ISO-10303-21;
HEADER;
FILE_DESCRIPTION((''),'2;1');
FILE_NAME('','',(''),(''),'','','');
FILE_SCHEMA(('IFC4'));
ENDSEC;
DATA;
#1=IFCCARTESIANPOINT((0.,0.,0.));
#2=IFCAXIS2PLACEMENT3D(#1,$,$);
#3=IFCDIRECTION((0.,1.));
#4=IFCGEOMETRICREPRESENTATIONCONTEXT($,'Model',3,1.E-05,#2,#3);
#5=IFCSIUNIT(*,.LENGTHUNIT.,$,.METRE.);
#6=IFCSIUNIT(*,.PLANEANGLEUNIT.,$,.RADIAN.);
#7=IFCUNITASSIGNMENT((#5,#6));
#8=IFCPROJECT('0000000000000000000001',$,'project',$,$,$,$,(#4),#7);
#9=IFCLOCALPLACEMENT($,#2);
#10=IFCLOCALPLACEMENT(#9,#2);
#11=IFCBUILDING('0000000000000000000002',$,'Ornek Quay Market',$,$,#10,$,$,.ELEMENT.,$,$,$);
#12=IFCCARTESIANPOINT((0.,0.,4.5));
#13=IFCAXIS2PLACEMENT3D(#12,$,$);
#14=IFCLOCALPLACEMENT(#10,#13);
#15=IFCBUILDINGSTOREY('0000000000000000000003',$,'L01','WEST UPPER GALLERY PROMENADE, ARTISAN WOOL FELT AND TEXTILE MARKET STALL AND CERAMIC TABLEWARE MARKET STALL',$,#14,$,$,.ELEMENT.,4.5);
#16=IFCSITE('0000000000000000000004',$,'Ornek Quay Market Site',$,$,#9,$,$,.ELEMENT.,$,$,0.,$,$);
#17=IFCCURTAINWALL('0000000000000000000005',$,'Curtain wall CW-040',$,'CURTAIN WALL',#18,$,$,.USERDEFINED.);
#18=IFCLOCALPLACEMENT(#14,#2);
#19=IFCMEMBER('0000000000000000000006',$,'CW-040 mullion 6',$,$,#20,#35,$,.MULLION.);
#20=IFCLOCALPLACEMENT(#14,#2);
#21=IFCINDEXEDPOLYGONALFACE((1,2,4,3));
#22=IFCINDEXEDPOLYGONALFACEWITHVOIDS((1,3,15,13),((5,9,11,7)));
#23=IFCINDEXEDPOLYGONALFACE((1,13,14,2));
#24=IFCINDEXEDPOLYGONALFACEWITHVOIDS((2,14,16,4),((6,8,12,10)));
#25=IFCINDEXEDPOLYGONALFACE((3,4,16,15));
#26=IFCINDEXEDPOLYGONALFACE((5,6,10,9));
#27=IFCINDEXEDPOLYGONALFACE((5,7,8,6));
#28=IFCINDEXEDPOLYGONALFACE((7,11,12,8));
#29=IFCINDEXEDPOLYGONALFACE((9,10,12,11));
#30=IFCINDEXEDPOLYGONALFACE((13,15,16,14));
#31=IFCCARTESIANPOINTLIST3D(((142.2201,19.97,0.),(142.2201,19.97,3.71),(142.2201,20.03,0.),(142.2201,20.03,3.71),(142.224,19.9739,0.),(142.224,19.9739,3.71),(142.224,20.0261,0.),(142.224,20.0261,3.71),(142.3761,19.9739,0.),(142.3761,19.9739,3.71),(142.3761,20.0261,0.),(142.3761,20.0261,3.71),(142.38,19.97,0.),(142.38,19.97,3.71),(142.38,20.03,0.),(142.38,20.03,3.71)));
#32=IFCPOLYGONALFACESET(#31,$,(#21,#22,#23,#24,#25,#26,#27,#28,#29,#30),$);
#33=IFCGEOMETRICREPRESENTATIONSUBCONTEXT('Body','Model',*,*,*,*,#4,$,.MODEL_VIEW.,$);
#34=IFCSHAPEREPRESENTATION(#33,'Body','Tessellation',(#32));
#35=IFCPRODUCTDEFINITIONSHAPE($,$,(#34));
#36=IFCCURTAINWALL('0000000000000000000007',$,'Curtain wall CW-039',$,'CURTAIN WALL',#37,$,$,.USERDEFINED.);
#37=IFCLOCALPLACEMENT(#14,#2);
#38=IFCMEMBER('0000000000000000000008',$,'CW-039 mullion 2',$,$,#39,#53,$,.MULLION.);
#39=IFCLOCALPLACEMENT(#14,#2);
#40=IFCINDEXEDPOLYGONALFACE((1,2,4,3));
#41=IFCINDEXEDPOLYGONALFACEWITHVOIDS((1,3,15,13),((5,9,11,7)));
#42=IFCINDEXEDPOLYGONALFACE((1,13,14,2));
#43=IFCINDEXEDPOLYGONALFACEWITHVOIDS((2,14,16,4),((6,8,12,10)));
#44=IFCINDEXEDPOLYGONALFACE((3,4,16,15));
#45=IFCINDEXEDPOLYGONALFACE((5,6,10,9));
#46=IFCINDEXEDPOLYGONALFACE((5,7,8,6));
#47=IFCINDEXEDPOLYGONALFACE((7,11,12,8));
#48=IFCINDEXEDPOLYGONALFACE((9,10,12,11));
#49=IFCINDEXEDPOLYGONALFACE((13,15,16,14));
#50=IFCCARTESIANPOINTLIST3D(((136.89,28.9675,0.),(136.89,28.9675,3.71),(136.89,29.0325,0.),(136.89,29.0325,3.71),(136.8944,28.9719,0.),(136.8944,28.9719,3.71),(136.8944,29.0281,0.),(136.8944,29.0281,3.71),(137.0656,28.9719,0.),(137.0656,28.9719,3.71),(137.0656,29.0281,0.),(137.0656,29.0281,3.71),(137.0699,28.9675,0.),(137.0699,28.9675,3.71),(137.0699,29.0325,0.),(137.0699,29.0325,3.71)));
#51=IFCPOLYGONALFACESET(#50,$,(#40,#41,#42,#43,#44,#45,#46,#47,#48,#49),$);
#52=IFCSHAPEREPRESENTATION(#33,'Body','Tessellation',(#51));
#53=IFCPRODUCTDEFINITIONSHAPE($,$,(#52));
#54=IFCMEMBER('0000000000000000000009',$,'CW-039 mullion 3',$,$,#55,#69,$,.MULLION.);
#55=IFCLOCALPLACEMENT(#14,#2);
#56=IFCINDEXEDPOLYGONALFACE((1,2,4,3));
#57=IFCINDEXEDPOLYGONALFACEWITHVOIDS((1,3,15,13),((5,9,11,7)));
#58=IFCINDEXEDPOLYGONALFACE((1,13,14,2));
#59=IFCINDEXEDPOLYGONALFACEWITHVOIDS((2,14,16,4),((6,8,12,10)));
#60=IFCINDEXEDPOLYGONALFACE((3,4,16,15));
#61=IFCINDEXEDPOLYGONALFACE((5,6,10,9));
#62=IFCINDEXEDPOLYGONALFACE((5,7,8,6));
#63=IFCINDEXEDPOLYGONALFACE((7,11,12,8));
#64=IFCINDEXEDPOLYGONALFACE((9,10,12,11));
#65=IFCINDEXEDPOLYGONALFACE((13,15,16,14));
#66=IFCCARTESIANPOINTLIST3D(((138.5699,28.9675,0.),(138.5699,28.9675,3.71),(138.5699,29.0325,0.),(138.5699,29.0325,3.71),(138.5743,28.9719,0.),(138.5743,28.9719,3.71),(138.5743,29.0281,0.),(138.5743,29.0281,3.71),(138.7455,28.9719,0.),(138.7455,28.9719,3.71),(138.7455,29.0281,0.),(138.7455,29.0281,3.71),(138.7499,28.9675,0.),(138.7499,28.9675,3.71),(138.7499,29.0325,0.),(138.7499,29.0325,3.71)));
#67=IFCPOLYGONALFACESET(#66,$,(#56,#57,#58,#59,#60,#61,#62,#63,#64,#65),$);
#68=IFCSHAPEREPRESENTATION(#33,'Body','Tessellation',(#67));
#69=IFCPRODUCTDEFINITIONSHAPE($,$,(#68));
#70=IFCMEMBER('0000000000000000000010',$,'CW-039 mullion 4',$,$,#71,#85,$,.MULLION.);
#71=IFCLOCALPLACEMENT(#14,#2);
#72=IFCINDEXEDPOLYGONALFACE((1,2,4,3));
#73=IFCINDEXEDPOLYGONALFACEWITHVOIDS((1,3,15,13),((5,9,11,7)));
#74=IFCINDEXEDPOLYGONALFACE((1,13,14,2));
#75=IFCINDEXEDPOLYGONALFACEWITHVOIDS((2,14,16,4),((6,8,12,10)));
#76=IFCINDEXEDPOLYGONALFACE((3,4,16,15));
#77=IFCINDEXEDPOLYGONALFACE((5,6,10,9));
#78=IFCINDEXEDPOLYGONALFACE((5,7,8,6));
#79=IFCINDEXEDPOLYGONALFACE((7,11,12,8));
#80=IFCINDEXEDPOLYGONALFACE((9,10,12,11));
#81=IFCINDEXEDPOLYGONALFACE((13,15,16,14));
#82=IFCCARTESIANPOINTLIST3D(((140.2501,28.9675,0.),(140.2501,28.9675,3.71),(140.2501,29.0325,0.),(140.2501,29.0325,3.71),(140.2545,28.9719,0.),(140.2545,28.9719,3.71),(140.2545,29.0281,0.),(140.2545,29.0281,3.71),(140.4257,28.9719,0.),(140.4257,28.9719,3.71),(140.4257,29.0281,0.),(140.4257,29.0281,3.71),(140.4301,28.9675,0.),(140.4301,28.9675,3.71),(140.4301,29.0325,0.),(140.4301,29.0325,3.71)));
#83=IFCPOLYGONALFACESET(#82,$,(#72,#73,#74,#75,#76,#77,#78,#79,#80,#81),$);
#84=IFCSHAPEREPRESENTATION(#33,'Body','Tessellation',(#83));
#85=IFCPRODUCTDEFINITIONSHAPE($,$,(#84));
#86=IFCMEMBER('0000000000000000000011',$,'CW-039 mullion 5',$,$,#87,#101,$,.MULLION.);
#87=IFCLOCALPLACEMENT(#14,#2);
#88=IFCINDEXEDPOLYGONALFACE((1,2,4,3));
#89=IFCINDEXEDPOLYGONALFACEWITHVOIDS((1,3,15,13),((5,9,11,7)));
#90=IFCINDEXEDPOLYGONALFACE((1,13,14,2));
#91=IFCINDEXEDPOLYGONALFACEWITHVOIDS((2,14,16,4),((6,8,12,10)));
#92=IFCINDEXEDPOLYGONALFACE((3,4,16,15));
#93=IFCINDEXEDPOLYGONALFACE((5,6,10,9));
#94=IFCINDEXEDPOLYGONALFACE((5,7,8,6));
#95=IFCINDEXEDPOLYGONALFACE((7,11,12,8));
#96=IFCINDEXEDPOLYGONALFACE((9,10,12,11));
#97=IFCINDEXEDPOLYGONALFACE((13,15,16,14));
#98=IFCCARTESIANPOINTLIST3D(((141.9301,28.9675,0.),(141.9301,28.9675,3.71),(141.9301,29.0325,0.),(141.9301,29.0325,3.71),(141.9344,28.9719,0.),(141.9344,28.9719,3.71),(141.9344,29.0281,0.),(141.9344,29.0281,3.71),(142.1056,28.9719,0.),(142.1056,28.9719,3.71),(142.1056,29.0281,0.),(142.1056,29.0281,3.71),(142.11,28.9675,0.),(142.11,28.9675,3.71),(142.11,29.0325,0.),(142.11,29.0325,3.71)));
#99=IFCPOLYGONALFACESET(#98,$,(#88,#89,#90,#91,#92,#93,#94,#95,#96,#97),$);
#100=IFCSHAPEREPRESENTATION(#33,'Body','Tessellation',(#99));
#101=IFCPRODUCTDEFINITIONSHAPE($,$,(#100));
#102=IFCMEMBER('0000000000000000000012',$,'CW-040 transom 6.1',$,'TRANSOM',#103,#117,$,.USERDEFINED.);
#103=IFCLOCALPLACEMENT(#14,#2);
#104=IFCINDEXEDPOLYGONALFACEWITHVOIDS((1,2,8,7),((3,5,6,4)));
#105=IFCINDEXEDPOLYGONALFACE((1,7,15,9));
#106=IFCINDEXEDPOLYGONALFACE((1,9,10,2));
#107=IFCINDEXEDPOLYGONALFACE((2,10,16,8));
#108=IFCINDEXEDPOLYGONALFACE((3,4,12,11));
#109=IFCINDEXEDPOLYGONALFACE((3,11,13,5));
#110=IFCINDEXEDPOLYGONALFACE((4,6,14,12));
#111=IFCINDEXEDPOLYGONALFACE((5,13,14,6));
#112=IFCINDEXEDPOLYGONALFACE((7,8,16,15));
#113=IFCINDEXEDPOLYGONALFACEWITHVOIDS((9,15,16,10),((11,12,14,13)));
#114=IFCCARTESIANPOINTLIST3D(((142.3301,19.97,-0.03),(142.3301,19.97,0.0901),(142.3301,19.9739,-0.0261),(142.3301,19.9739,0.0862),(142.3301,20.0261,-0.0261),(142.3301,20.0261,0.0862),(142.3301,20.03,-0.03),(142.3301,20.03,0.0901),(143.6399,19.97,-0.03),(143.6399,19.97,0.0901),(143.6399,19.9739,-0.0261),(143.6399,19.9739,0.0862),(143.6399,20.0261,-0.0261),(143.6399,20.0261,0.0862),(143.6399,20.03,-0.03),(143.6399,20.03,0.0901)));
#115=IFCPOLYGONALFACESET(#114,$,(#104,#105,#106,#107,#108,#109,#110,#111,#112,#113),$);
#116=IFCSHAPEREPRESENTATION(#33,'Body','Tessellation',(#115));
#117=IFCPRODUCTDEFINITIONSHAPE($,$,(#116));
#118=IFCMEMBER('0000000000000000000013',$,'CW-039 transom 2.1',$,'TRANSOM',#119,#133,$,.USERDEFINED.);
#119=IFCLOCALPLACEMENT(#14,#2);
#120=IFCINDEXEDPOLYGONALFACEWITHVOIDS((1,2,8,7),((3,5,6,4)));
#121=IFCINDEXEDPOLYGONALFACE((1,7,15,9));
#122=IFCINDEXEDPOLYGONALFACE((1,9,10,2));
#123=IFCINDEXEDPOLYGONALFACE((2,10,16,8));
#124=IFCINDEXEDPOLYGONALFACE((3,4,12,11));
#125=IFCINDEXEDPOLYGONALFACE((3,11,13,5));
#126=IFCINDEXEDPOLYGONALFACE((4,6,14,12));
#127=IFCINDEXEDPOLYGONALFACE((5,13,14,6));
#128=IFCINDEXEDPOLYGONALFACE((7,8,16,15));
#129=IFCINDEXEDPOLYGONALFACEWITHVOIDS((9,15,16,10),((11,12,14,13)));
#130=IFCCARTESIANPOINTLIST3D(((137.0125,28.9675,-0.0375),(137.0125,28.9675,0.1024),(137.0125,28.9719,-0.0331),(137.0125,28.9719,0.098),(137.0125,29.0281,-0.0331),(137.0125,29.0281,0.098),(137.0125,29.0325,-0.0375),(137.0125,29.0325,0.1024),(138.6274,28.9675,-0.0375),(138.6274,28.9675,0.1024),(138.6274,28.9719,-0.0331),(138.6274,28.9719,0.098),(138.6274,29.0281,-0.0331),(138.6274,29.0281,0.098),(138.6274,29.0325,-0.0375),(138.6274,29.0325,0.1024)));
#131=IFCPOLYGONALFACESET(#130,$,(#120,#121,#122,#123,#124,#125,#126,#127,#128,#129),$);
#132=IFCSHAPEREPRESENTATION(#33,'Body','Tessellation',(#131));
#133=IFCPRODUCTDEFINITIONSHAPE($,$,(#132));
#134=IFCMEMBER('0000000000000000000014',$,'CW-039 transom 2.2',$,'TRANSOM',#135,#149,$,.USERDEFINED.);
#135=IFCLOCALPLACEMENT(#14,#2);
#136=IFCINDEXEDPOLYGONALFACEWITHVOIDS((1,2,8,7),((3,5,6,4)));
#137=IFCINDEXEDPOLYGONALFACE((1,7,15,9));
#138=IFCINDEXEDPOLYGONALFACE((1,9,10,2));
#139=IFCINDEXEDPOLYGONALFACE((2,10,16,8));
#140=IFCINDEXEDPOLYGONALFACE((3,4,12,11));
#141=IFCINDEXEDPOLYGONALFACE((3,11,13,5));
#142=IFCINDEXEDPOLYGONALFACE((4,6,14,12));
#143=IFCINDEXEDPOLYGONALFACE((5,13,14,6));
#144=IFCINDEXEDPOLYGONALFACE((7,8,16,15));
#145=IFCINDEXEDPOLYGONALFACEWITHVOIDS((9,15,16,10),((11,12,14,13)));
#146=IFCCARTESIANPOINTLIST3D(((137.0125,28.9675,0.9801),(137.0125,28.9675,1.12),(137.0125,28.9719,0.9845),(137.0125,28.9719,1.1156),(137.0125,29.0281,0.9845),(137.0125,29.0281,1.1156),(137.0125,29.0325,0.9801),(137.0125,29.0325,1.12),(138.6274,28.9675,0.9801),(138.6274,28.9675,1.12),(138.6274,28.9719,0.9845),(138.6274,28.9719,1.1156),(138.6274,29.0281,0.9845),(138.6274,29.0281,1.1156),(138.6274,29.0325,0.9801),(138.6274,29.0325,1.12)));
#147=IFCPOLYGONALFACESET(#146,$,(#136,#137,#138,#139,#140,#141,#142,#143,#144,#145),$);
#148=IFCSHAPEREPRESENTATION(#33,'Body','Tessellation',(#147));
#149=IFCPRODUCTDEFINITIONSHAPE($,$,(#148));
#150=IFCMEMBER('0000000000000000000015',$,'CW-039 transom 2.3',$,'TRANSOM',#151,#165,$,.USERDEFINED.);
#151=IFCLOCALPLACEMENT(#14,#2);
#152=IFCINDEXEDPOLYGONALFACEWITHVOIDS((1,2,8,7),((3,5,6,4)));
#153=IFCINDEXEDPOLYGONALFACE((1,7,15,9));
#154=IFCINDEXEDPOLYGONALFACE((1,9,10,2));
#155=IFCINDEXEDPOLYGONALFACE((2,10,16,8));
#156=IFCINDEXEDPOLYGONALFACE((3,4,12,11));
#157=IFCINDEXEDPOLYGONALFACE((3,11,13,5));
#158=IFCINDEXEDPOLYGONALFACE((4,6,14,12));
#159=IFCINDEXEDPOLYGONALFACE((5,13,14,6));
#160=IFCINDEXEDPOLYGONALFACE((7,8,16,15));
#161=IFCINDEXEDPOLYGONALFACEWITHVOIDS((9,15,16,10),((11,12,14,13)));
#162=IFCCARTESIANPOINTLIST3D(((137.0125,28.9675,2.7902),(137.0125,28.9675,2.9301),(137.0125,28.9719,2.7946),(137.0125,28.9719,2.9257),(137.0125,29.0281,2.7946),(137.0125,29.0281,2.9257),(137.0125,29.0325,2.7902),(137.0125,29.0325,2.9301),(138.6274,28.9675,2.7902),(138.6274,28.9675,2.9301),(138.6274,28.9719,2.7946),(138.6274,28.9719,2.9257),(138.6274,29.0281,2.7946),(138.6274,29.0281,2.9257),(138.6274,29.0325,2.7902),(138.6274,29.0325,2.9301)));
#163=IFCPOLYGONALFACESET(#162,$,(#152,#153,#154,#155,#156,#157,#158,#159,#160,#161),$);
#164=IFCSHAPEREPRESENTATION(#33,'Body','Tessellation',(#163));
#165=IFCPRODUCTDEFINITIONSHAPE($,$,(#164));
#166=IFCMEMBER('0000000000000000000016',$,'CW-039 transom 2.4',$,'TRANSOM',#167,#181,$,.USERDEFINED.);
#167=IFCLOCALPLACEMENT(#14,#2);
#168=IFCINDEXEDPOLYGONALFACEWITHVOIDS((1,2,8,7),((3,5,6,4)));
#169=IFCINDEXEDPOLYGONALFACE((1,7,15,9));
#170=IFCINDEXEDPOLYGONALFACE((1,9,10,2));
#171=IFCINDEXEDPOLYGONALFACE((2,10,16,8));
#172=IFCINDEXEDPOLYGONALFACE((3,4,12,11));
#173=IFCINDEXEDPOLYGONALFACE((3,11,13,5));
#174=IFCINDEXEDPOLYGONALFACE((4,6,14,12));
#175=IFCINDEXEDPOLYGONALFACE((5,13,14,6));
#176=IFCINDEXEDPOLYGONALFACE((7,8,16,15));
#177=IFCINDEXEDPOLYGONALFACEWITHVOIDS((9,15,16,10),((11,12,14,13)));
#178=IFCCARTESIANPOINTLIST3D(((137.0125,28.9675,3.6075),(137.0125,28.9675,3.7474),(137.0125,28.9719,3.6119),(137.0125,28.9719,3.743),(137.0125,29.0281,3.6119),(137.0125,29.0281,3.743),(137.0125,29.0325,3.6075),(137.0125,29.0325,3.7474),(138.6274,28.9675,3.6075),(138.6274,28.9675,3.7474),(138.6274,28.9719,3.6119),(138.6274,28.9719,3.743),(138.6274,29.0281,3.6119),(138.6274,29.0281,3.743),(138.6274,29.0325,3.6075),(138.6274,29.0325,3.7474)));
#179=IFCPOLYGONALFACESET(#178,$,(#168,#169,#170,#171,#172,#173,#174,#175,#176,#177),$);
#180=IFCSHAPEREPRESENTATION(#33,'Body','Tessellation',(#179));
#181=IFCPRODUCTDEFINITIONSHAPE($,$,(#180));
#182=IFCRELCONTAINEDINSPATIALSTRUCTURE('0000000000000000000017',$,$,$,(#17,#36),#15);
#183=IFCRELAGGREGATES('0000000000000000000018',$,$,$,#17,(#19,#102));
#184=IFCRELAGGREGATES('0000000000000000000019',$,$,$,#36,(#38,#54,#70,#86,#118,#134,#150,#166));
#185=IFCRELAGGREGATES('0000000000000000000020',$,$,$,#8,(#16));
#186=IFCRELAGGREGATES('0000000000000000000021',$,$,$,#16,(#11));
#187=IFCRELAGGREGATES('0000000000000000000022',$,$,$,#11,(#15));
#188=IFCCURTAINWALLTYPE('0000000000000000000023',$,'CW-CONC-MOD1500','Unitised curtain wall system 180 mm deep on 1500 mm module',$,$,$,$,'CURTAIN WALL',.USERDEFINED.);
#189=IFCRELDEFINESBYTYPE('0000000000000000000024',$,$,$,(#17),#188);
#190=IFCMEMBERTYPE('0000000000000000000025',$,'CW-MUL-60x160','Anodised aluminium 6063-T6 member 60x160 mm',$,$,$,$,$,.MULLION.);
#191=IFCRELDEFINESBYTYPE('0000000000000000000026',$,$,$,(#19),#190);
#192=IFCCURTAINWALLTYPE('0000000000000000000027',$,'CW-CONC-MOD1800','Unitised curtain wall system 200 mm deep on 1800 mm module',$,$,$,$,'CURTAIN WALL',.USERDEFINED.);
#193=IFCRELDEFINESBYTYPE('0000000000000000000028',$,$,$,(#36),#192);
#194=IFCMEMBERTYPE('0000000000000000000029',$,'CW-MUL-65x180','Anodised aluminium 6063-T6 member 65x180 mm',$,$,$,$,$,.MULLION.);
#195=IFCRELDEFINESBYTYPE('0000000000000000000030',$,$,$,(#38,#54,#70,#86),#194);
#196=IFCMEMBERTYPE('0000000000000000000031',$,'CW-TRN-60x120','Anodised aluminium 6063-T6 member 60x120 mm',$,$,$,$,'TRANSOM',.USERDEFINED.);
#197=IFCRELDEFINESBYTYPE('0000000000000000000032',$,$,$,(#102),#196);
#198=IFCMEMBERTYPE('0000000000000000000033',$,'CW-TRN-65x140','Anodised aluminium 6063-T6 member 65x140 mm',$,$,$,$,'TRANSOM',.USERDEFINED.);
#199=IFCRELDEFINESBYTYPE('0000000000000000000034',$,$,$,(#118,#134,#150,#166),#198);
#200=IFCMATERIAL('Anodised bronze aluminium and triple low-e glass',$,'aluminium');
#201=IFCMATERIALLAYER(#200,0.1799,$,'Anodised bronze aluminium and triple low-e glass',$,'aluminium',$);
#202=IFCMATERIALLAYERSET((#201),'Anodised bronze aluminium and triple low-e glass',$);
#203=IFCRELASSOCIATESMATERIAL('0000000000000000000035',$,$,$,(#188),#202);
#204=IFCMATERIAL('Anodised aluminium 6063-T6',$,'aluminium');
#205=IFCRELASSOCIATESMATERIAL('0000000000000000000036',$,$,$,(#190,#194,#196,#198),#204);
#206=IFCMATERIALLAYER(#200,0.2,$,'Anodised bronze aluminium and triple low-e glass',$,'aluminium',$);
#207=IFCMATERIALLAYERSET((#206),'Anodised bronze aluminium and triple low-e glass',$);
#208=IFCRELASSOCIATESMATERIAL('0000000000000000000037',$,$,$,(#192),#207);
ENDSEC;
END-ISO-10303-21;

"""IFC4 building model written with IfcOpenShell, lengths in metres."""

from ifc_helpers import new_model, si_unit, direction, frame, origin, origin_2d, place, context, subcontext, project, spatial, hollow_rectangle, extrude, material, layer, layer_set, material_profile, profile_set, type_object, element, aggregate, save


model = new_model("IFC4")

# Units and contexts
model_context = context("Model", 3, precision=1e-05, world=origin(), true_north=direction((0.0, 1.0)))
body_context = subcontext(model_context, "Body", "Model", "MODEL_VIEW")
ifc_project = project(units=[si_unit("LENGTHUNIT", "METRE"), si_unit("PLANEANGLEUNIT", "RADIAN")], contexts=[model_context])

# Site, building, storey
site_placement = place(None, origin())
site = spatial("IfcSite", under=ifc_project, at=site_placement, Name="Ornek Quay Market Site", CompositionType="ELEMENT", RefElevation=0.0)
building_placement = place(site_placement, origin())
building = spatial("IfcBuilding", under=site, at=building_placement, Name="Ornek Quay Market", CompositionType="ELEMENT")
storey_placement = place(building_placement, frame((0.0, 0.0, 4.5)))
storey = spatial("IfcBuildingStorey", under=building, at=storey_placement, Name="L01", Description="WEST UPPER GALLERY PROMENADE, ARTISAN WOOL FELT AND TEXTILE MARKET STALL AND CERAMIC TABLEWARE MARKET STALL", CompositionType="ELEMENT", Elevation=4.5)

# Curtain wall, member
ifc_material_1 = material(Name="Anodised bronze aluminium and triple low-e glass", Category="aluminium")
ifc_layer_1 = layer(ifc_material_1, 0.1799, Name="Anodised bronze aluminium and triple low-e glass", Category="aluminium")
ifc_layer_set_1 = layer_set([ifc_layer_1], Name="Anodised bronze aluminium and triple low-e glass")
curtain_wall_type_1 = type_object("IfcCurtainWallType", Name="CW-CONC-MOD1500", Description="Unitised curtain wall system 180 mm deep on 1500 mm module", ElementType="CURTAIN WALL", PredefinedType="USERDEFINED", material=ifc_layer_set_1)
curtain_wall_1_placement = place(storey_placement, origin())
curtain_wall_1 = element("IfcCurtainWall", 1, at=curtain_wall_1_placement, inside=storey, type_object=curtain_wall_type_1, Name="Curtain wall CW-040", ObjectType="CURTAIN WALL", PredefinedType="USERDEFINED")
ifc_material_2 = material(Name="Anodised aluminium 6063-T6", Category="aluminium")
ifc_material_profile_1 = material_profile(ifc_material_2, hollow_rectangle(XDim=0.0601, YDim=0.1599, WallThickness=0.0039, at=origin_2d()), Name="CW-MUL-60x160", Category="aluminium")
ifc_profile_set_1 = profile_set([ifc_material_profile_1], Name="Anodised aluminium 6063-T6")
member_type_1 = type_object("IfcMemberType", Name="CW-MUL-60x160", Description="Anodised aluminium 6063-T6 member 60x160 mm", PredefinedType="MULLION", material=ifc_profile_set_1)
member_1_placement = place(storey_placement, frame((142.3, 20.0, 0.0), z_axis=(0.0, 0.0, 1.0), x_axis=(0.0, 1.0, 0.0)))
member_1 = element("IfcMember", 2, at=member_1_placement, type_object=member_type_1, Name="CW-040 mullion 6", PredefinedType="MULLION", context=body_context, shape_type="SweptSolid", body=[
    extrude(hollow_rectangle(XDim=0.0601, YDim=0.1599, WallThickness=0.0039, at=origin_2d()), origin(), (0.0, 0.0, 1.0), 3.71),
])

# Curtain wall, members
ifc_layer_2 = layer(ifc_material_1, 0.2, Name="Anodised bronze aluminium and triple low-e glass", Category="aluminium")
ifc_layer_set_2 = layer_set([ifc_layer_2], Name="Anodised bronze aluminium and triple low-e glass")
curtain_wall_type_2 = type_object("IfcCurtainWallType", Name="CW-CONC-MOD1800", Description="Unitised curtain wall system 200 mm deep on 1800 mm module", ElementType="CURTAIN WALL", PredefinedType="USERDEFINED", material=ifc_layer_set_2)
curtain_wall_2_placement = place(storey_placement, origin())
curtain_wall_2 = element("IfcCurtainWall", 3, at=curtain_wall_2_placement, inside=storey, type_object=curtain_wall_type_2, Name="Curtain wall CW-039", ObjectType="CURTAIN WALL", PredefinedType="USERDEFINED")
ifc_material_profile_2 = material_profile(ifc_material_2, hollow_rectangle(XDim=0.0649, YDim=0.1799, WallThickness=0.0044, at=origin_2d()), Name="CW-MUL-65x180", Category="aluminium")
ifc_profile_set_2 = profile_set([ifc_material_profile_2], Name="Anodised aluminium 6063-T6")
member_type_2 = type_object("IfcMemberType", Name="CW-MUL-65x180", Description="Anodised aluminium 6063-T6 member 65x180 mm", PredefinedType="MULLION", material=ifc_profile_set_2)
member_2_placement = place(storey_placement, frame((136.98, 29.0, 0.0), z_axis=(0.0, 0.0, 1.0), x_axis=(0.0, 1.0, 0.0)))
member_2 = element("IfcMember", 4, at=member_2_placement, type_object=member_type_2, Name="CW-039 mullion 2", PredefinedType="MULLION", context=body_context, shape_type="SweptSolid", body=[
    extrude(hollow_rectangle(XDim=0.0649, YDim=0.1799, WallThickness=0.0044, at=origin_2d()), origin(), (0.0, 0.0, 1.0), 3.71),
])
member_3_placement = place(storey_placement, frame((138.6599, 29.0, 0.0), z_axis=(0.0, 0.0, 1.0), x_axis=(0.0, 1.0, 0.0)))
member_3 = element("IfcMember", 5, at=member_3_placement, type_object=member_type_2, Name="CW-039 mullion 3", PredefinedType="MULLION", context=body_context, shape_type="SweptSolid", body=[
    extrude(hollow_rectangle(XDim=0.0649, YDim=0.1799, WallThickness=0.0044, at=origin_2d()), origin(), (0.0, 0.0, 1.0), 3.71),
])
member_4_placement = place(storey_placement, frame((140.3401, 29.0, 0.0), z_axis=(0.0, 0.0, 1.0), x_axis=(0.0, 1.0, 0.0)))
member_4 = element("IfcMember", 6, at=member_4_placement, type_object=member_type_2, Name="CW-039 mullion 4", PredefinedType="MULLION", context=body_context, shape_type="SweptSolid", body=[
    extrude(hollow_rectangle(XDim=0.0649, YDim=0.1799, WallThickness=0.0044, at=origin_2d()), origin(), (0.0, 0.0, 1.0), 3.71),
])
member_5_placement = place(storey_placement, frame((142.02, 29.0, 0.0), z_axis=(0.0, 0.0, 1.0), x_axis=(0.0, 1.0, 0.0)))
member_5 = element("IfcMember", 7, at=member_5_placement, type_object=member_type_2, Name="CW-039 mullion 5", PredefinedType="MULLION", context=body_context, shape_type="SweptSolid", body=[
    extrude(hollow_rectangle(XDim=0.0649, YDim=0.1799, WallThickness=0.0044, at=origin_2d()), origin(), (0.0, 0.0, 1.0), 3.71),
])

# Members
ifc_material_profile_3 = material_profile(ifc_material_2, hollow_rectangle(XDim=0.0601, YDim=0.1201, WallThickness=0.0039, at=origin_2d()), Name="CW-TRN-60x120", Category="aluminium")
ifc_profile_set_3 = profile_set([ifc_material_profile_3], Name="Anodised aluminium 6063-T6")
member_type_3 = type_object("IfcMemberType", Name="CW-TRN-60x120", Description="Anodised aluminium 6063-T6 member 60x120 mm", ElementType="TRANSOM", PredefinedType="USERDEFINED", material=ifc_profile_set_3)
member_6_placement = place(storey_placement, frame((142.3301, 20.0, 0.03), z_axis=(1.0, 0.0, 0.0), x_axis=(0.0, 1.0, 0.0)))
member_6 = element("IfcMember", 8, at=member_6_placement, type_object=member_type_3, Name="CW-040 transom 6.1", ObjectType="TRANSOM", PredefinedType="USERDEFINED", context=body_context, shape_type="SweptSolid", body=[
    extrude(hollow_rectangle(XDim=0.0601, YDim=0.1201, WallThickness=0.0039, at=origin_2d()), origin(), (0.0, 0.0, 1.0), 1.3098),
])
aggregate(curtain_wall_1, [member_1, member_6])
ifc_material_profile_4 = material_profile(ifc_material_2, hollow_rectangle(XDim=0.0649, YDim=0.1399, WallThickness=0.0044, at=origin_2d()), Name="CW-TRN-65x140", Category="aluminium")
ifc_profile_set_4 = profile_set([ifc_material_profile_4], Name="Anodised aluminium 6063-T6")
member_type_4 = type_object("IfcMemberType", Name="CW-TRN-65x140", Description="Anodised aluminium 6063-T6 member 65x140 mm", ElementType="TRANSOM", PredefinedType="USERDEFINED", material=ifc_profile_set_4)
member_7_placement = place(storey_placement, frame((137.0125, 29.0, 0.0325), z_axis=(1.0, 0.0, 0.0), x_axis=(0.0, 1.0, 0.0)))
member_7 = element("IfcMember", 9, at=member_7_placement, type_object=member_type_4, Name="CW-039 transom 2.1", ObjectType="TRANSOM", PredefinedType="USERDEFINED", context=body_context, shape_type="SweptSolid", body=[
    extrude(hollow_rectangle(XDim=0.0649, YDim=0.1399, WallThickness=0.0044, at=origin_2d()), origin(), (0.0, 0.0, 1.0), 1.615),
])
member_8_placement = place(storey_placement, frame((137.0125, 29.0, 1.05), z_axis=(1.0, 0.0, 0.0), x_axis=(0.0, 1.0, 0.0)))
member_8 = element("IfcMember", 10, at=member_8_placement, type_object=member_type_4, Name="CW-039 transom 2.2", ObjectType="TRANSOM", PredefinedType="USERDEFINED", context=body_context, shape_type="SweptSolid", body=[
    extrude(hollow_rectangle(XDim=0.0649, YDim=0.1399, WallThickness=0.0044, at=origin_2d()), origin(), (0.0, 0.0, 1.0), 1.615),
])
member_9_placement = place(storey_placement, frame((137.0125, 29.0, 2.8601), z_axis=(1.0, 0.0, 0.0), x_axis=(0.0, 1.0, 0.0)))
member_9 = element("IfcMember", 11, at=member_9_placement, type_object=member_type_4, Name="CW-039 transom 2.3", ObjectType="TRANSOM", PredefinedType="USERDEFINED", context=body_context, shape_type="SweptSolid", body=[
    extrude(hollow_rectangle(XDim=0.0649, YDim=0.1399, WallThickness=0.0044, at=origin_2d()), origin(), (0.0, 0.0, 1.0), 1.615),
])
member_10_placement = place(storey_placement, frame((137.0125, 29.0, 3.6775), z_axis=(1.0, 0.0, 0.0), x_axis=(0.0, 1.0, 0.0)))
member_10 = element("IfcMember", 12, at=member_10_placement, type_object=member_type_4, Name="CW-039 transom 2.4", ObjectType="TRANSOM", PredefinedType="USERDEFINED", context=body_context, shape_type="SweptSolid", body=[
    extrude(hollow_rectangle(XDim=0.0649, YDim=0.1399, WallThickness=0.0044, at=origin_2d()), origin(), (0.0, 0.0, 1.0), 1.615),
])

aggregate(curtain_wall_2, [member_2, member_3, member_4, member_5, member_7, member_8, member_9, member_10])

save(model, "model.ifc")
